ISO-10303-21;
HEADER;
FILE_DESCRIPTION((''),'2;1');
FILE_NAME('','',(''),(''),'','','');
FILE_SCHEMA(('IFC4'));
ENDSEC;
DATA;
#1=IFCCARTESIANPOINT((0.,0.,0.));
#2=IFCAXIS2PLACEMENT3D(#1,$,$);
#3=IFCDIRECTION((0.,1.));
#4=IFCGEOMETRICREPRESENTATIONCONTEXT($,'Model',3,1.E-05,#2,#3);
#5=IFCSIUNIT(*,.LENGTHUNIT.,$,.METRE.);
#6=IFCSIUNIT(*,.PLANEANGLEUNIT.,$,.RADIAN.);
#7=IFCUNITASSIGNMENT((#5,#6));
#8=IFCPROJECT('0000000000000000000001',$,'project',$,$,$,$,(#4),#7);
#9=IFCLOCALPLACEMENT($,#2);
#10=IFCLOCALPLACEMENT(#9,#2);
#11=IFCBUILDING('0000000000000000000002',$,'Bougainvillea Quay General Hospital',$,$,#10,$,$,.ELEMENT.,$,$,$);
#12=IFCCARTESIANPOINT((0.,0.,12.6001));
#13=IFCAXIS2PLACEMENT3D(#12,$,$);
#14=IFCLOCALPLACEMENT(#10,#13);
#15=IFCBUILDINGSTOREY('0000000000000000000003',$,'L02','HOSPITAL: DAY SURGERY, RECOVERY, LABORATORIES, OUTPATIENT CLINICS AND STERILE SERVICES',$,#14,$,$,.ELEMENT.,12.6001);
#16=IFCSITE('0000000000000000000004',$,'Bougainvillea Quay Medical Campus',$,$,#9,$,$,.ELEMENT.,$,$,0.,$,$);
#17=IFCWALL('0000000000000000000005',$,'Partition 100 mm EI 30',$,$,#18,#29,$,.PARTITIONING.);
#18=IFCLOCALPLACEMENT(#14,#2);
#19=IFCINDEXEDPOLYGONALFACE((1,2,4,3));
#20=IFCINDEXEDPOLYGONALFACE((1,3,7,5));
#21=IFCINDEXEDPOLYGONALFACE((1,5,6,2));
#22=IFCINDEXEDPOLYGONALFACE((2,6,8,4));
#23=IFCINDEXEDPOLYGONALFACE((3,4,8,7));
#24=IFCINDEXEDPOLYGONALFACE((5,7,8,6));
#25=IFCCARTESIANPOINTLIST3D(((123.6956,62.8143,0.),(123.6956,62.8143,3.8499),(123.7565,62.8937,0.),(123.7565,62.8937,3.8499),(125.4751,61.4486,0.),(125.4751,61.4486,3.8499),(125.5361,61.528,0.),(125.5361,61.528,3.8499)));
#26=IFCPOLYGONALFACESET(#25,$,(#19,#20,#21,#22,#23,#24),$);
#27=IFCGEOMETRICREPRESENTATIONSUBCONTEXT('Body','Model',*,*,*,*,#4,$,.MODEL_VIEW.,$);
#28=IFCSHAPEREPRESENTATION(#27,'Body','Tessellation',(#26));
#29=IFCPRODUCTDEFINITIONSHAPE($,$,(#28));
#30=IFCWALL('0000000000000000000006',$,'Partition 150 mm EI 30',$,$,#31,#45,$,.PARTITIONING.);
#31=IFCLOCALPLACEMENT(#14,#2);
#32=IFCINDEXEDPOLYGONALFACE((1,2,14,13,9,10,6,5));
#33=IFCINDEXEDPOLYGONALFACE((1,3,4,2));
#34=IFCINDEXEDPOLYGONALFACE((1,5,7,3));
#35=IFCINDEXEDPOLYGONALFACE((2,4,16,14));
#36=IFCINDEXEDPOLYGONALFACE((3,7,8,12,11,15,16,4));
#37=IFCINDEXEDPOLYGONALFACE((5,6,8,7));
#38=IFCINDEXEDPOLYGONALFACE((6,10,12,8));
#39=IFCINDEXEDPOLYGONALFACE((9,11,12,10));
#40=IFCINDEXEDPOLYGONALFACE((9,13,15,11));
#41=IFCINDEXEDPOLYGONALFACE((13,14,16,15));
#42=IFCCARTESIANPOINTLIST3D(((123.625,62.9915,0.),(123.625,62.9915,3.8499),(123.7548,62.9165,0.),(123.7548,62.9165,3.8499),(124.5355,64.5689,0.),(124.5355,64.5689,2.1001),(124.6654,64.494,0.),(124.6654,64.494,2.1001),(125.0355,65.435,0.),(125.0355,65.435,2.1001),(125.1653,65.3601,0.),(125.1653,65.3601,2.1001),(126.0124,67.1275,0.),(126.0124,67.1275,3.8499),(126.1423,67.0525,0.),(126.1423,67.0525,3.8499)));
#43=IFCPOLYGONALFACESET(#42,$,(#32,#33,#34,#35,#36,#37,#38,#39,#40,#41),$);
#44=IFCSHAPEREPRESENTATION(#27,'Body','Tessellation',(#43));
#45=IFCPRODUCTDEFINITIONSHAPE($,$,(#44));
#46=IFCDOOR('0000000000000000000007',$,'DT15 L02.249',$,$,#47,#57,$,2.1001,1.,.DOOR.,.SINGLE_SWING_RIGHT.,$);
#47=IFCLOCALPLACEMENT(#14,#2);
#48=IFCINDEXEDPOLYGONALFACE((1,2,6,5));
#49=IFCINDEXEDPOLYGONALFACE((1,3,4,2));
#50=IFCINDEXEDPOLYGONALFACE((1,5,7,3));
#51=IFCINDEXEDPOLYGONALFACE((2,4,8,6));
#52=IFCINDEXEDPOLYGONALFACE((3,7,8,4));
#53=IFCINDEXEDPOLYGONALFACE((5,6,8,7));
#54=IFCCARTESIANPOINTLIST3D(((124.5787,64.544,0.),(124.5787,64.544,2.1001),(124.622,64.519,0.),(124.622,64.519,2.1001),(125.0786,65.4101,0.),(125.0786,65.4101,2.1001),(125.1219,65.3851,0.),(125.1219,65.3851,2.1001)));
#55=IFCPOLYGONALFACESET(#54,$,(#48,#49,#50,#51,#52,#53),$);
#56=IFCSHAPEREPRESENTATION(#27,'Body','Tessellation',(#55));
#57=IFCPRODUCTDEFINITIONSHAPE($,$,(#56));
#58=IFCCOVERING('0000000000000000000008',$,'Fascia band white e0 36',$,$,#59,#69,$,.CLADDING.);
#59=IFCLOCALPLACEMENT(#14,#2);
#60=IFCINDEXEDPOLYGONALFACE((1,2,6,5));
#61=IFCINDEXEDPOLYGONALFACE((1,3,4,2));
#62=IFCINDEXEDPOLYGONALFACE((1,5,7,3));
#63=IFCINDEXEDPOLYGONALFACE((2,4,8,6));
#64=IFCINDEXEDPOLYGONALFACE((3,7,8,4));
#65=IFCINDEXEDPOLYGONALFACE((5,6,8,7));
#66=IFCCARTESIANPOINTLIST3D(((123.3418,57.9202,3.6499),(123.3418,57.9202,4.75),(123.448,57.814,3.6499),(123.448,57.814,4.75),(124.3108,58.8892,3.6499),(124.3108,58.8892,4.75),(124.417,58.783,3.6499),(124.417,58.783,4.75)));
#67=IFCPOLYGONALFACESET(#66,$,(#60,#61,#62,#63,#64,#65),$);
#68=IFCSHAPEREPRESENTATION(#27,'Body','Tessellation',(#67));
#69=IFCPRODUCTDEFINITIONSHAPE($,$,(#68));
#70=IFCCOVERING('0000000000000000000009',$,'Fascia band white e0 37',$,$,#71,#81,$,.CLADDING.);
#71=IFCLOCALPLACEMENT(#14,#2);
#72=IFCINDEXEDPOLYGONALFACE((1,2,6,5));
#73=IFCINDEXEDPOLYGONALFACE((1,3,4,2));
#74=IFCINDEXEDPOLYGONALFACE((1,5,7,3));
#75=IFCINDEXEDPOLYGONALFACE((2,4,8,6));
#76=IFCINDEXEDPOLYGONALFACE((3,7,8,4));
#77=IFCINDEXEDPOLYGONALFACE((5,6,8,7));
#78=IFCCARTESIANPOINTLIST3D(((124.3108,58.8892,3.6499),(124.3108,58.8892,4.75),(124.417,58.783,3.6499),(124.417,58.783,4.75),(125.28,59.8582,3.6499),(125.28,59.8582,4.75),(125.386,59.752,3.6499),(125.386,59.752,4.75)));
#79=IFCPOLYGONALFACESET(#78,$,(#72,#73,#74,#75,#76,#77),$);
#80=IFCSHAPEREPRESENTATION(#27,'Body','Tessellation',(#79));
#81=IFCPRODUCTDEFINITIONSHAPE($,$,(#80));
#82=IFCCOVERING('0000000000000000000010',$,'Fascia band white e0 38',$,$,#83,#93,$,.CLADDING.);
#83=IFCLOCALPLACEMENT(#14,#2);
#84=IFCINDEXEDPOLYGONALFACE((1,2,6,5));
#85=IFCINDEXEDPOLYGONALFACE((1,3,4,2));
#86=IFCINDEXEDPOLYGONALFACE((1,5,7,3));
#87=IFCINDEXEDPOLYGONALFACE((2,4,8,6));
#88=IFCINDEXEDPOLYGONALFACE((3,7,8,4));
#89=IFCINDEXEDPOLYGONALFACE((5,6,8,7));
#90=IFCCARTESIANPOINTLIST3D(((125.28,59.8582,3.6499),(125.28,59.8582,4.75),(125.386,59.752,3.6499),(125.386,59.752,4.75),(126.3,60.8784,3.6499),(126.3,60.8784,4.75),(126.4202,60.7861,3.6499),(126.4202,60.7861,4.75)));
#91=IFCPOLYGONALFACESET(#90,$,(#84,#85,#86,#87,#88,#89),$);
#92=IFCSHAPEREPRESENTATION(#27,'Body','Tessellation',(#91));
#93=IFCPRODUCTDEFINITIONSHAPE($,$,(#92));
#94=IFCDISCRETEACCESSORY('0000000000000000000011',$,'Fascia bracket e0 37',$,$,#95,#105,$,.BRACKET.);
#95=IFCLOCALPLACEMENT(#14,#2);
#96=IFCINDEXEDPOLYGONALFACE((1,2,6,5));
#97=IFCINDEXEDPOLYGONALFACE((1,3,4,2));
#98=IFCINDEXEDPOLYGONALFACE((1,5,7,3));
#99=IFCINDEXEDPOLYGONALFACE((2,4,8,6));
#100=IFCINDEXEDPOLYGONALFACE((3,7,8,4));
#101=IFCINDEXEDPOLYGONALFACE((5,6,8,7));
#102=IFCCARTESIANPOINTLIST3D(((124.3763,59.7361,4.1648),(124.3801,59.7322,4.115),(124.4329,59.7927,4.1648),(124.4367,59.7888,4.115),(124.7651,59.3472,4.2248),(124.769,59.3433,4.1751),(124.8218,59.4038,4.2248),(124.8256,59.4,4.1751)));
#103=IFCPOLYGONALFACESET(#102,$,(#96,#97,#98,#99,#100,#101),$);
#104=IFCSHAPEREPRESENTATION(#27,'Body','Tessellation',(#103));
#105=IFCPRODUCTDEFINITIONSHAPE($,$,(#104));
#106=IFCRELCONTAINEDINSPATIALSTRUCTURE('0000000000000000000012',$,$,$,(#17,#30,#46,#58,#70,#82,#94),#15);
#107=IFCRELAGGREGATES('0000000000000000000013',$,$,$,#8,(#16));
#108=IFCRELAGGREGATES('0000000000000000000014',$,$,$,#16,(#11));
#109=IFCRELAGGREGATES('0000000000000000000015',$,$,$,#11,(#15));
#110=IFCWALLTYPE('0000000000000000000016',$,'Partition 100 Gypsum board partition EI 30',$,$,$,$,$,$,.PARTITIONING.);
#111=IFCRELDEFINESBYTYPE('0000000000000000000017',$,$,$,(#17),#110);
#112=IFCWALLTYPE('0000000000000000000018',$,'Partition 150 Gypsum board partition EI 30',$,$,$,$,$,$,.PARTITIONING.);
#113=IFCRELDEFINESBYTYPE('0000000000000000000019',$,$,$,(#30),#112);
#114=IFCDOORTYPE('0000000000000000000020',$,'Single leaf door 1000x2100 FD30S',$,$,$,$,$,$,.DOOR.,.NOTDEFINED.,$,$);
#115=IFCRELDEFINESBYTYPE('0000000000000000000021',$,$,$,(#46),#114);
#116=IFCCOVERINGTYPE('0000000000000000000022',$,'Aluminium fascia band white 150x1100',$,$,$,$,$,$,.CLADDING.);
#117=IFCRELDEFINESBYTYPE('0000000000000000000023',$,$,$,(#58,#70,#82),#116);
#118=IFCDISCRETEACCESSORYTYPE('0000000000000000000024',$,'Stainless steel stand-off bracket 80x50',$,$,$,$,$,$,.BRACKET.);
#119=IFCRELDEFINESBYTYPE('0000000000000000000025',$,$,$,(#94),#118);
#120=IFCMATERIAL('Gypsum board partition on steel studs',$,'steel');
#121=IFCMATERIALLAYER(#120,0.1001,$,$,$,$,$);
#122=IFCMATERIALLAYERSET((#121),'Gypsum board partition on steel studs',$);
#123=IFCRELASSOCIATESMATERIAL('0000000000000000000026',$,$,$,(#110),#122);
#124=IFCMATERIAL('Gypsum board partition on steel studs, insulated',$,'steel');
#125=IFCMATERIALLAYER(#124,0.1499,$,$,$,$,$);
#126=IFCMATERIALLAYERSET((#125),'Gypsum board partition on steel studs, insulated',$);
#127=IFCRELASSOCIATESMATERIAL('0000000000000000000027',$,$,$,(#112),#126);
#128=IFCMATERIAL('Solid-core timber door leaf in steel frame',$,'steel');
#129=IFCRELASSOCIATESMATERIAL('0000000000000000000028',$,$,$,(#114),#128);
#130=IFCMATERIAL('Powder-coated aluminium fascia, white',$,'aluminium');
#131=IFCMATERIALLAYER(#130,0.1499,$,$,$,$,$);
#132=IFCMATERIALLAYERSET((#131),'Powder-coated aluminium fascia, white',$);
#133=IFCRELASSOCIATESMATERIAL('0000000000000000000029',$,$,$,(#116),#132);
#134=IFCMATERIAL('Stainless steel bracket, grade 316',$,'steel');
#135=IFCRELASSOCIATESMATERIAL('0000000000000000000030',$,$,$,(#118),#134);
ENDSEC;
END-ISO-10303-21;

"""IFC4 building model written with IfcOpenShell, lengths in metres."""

from ifc_helpers import new_model, si_unit, direction, frame, frame_2d, origin, origin_2d, place, context, subcontext, project, spatial, polyline, rectangle, outline, extrude, material, layer, layer_set, material_profile, profile_set, type_object, element, fill, save


model = new_model("IFC4")

# Units and contexts
model_context = context("Model", 3, precision=1e-05, world=origin(), true_north=direction((0.0, 1.0)))
body_context = subcontext(model_context, "Body", "Model", "MODEL_VIEW")
ifc_project = project(units=[si_unit("LENGTHUNIT", "METRE"), si_unit("PLANEANGLEUNIT", "RADIAN")], contexts=[model_context])

# Site, building, storey
site_placement = place(None, origin())
site = spatial("IfcSite", under=ifc_project, at=site_placement, Name="Bougainvillea Quay Medical Campus", CompositionType="ELEMENT", RefElevation=0.0)
building_placement = place(site_placement, origin())
building = spatial("IfcBuilding", under=site, at=building_placement, Name="Bougainvillea Quay General Hospital", CompositionType="ELEMENT")
storey_placement = place(building_placement, frame((0.0, 0.0, 12.6001)))
storey = spatial("IfcBuildingStorey", under=building, at=storey_placement, Name="L02", Description="HOSPITAL: DAY SURGERY, RECOVERY, LABORATORIES, OUTPATIENT CLINICS AND STERILE SERVICES", CompositionType="ELEMENT", Elevation=12.6001)

# Wall
ifc_material_1 = material(Name="Gypsum board partition on steel studs", Category="steel")
ifc_layer_1 = layer(ifc_material_1, 0.1001)
ifc_layer_set_1 = layer_set([ifc_layer_1], Name="Gypsum board partition on steel studs")
wall_type_1 = type_object("IfcWallType", Name="Partition 100 Gypsum board partition EI 30", PredefinedType="PARTITIONING", material=ifc_layer_set_1)
wall_1_placement = place(storey_placement, frame((123.7261, 62.854, 0.0), z_axis=(0.0, 0.0, 1.0), x_axis=(0.793303, -0.608827, 0.0)))
element("IfcWall", 1, at=wall_1_placement, inside=storey, type_object=wall_type_1, Name="Partition 100 mm EI 30", PredefinedType="PARTITIONING", context=body_context, shape_type="SweptSolid", body=[
    extrude(rectangle(XDim=2.2432, YDim=0.1001, at=frame_2d((1.1216, 0.0))), origin(), (0.0, 0.0, 1.0), 3.8499),
])

# Wall, opening, door
ifc_material_2 = material(Name="Gypsum board partition on steel studs, insulated", Category="steel")
ifc_layer_2 = layer(ifc_material_2, 0.1499)
ifc_layer_set_2 = layer_set([ifc_layer_2], Name="Gypsum board partition on steel studs, insulated")
wall_type_2 = type_object("IfcWallType", Name="Partition 150 Gypsum board partition EI 30", PredefinedType="PARTITIONING", material=ifc_layer_set_2)
wall_2_placement = place(storey_placement, frame((123.6899, 62.9541, 0.0), z_axis=(0.0, 0.0, 1.0), x_axis=(0.499927, 0.866067, 0.0)))
wall_2 = element("IfcWall", 2, at=wall_2_placement, inside=storey, type_object=wall_type_2, Name="Partition 150 mm EI 30", PredefinedType="PARTITIONING", context=body_context, shape_type="SweptSolid", body=[
    extrude(rectangle(XDim=4.7756, YDim=0.1499, at=frame_2d((2.3877, 0.0))), origin(), (0.0, 0.0, 1.0), 3.8499),
])
opening_placement = place(wall_2_placement, frame((1.8213, 0.0, 0.0)))
opening = element("IfcOpeningElement", 3, at=opening_placement, cuts=wall_2, PredefinedType="OPENING", context=body_context, shape_type="SweptSolid", body=[
    extrude(rectangle(XDim=1.0, YDim=2.1001, at=frame_2d((0.5, 1.05))), frame((0.0, 0.085, 0.0), z_axis=(0.0, -1.0, 0.0), x_axis=(1.0, 0.0, 0.0)), (0.0, 0.0, 1.0), 0.1699),
])
ifc_material_3 = material(Name="Solid-core timber door leaf in steel frame", Category="steel")
door_type = type_object("IfcDoorType", Name="Single leaf door 1000x2100 FD30S", OperationType="NOTDEFINED", PredefinedType="DOOR", material=ifc_material_3)
door_placement = place(opening_placement, frame((1.0, 0.0, 0.0), z_axis=(0.0, 0.0, 1.0), x_axis=(-1.0, 0.0, 0.0)))
door = element("IfcDoor", 4, at=door_placement, inside=storey, type_object=door_type, Name="DT15 L02.249", OperationType="SINGLE_SWING_RIGHT", OverallHeight=2.1001, OverallWidth=1.0, PredefinedType="DOOR", context=body_context, shape_type="SweptSolid", body=[
    extrude(rectangle(XDim=1.0, YDim=2.1001, at=frame_2d((0.5, 1.05))), frame((0.0, 0.0249, 0.0), z_axis=(0.0, -1.0, 0.0), x_axis=(1.0, 0.0, 0.0)), (0.0, 0.0, 1.0), 0.05),
])
fill(opening, door)

# Coverings
ifc_material_4 = material(Name="Powder-coated aluminium fascia, white", Category="aluminium")
ifc_layer_3 = layer(ifc_material_4, 0.1499)
ifc_layer_set_3 = layer_set([ifc_layer_3], Name="Powder-coated aluminium fascia, white")
covering_type = type_object("IfcCoveringType", Name="Aluminium fascia band white 150x1100", PredefinedType="CLADDING", material=ifc_layer_set_3)
covering_1_placement = place(storey_placement, frame((123.3418, 57.9202, 3.6499), z_axis=(0.0, 0.0, 1.0), x_axis=(0.707107, 0.707107, 0.0)))
element("IfcCovering", 5, at=covering_1_placement, inside=storey, type_object=covering_type, Name="Fascia band white e0 36", PredefinedType="CLADDING", context=body_context, shape_type="SweptSolid", body=[
    extrude(outline(polyline([(0.0, 0.0), (1.3704, 0.0), (1.3704, -0.1502), (0.0, -0.1502), (0.0, 0.0)])), origin(), (0.0, 0.0, 1.0), 1.1001),
])
covering_2_placement = place(storey_placement, frame((124.3108, 58.8892, 3.6499), z_axis=(0.0, 0.0, 1.0), x_axis=(0.707196, 0.707018, 0.0)))
element("IfcCovering", 6, at=covering_2_placement, inside=storey, type_object=covering_type, Name="Fascia band white e0 37", PredefinedType="CLADDING", context=body_context, shape_type="SweptSolid", body=[
    extrude(outline(polyline([(0.0, 0.0), (1.3705, 0.0), (1.3704, -0.15), (0.0, -0.1502), (0.0, 0.0)])), origin(), (0.0, 0.0, 1.0), 1.1001),
])
covering_3_placement = place(storey_placement, frame((125.28, 59.8582, 3.6499), z_axis=(0.0, 0.0, 1.0), x_axis=(0.707022, 0.707191, 0.0)))
element("IfcCovering", 7, at=covering_3_placement, inside=storey, type_object=covering_type, Name="Fascia band white e0 38", PredefinedType="CLADDING", context=body_context, shape_type="SweptSolid", body=[
    extrude(outline(polyline([(0.0, 0.0), (1.4427, 0.0), (1.4624, -0.1502), (-0.0002, -0.15), (0.0, 0.0)])), origin(), (0.0, 0.0, 1.0), 1.1001),
])

# Discrete accessory
ifc_material_5 = material(Name="Stainless steel bracket, grade 316", Category="steel")
ifc_material_profile_1 = material_profile(ifc_material_5, rectangle(XDim=0.0801, YDim=0.05, at=origin_2d()))
ifc_profile_set_1 = profile_set([ifc_material_profile_1], Name="Stainless steel bracket, grade 316")
discrete_accessory_type = type_object("IfcDiscreteAccessoryType", Name="Stainless steel stand-off bracket 80x50", PredefinedType="BRACKET", material=ifc_profile_set_1)
discrete_accessory_placement = place(storey_placement, frame((124.4065, 59.7625, 4.1399), z_axis=(0.702928, -0.702928, 0.10855), x_axis=(0.707107, 0.707107, 0.0)))
element("IfcDiscreteAccessory", 8, at=discrete_accessory_placement, inside=storey, type_object=discrete_accessory_type, Name="Fascia bracket e0 37", PredefinedType="BRACKET", context=body_context, shape_type="SweptSolid", body=[
    extrude(rectangle(XDim=0.0801, YDim=0.05, at=origin_2d()), origin(), (0.0, 0.0, 1.0), 0.5532),
])

save(model, "model.ifc")
